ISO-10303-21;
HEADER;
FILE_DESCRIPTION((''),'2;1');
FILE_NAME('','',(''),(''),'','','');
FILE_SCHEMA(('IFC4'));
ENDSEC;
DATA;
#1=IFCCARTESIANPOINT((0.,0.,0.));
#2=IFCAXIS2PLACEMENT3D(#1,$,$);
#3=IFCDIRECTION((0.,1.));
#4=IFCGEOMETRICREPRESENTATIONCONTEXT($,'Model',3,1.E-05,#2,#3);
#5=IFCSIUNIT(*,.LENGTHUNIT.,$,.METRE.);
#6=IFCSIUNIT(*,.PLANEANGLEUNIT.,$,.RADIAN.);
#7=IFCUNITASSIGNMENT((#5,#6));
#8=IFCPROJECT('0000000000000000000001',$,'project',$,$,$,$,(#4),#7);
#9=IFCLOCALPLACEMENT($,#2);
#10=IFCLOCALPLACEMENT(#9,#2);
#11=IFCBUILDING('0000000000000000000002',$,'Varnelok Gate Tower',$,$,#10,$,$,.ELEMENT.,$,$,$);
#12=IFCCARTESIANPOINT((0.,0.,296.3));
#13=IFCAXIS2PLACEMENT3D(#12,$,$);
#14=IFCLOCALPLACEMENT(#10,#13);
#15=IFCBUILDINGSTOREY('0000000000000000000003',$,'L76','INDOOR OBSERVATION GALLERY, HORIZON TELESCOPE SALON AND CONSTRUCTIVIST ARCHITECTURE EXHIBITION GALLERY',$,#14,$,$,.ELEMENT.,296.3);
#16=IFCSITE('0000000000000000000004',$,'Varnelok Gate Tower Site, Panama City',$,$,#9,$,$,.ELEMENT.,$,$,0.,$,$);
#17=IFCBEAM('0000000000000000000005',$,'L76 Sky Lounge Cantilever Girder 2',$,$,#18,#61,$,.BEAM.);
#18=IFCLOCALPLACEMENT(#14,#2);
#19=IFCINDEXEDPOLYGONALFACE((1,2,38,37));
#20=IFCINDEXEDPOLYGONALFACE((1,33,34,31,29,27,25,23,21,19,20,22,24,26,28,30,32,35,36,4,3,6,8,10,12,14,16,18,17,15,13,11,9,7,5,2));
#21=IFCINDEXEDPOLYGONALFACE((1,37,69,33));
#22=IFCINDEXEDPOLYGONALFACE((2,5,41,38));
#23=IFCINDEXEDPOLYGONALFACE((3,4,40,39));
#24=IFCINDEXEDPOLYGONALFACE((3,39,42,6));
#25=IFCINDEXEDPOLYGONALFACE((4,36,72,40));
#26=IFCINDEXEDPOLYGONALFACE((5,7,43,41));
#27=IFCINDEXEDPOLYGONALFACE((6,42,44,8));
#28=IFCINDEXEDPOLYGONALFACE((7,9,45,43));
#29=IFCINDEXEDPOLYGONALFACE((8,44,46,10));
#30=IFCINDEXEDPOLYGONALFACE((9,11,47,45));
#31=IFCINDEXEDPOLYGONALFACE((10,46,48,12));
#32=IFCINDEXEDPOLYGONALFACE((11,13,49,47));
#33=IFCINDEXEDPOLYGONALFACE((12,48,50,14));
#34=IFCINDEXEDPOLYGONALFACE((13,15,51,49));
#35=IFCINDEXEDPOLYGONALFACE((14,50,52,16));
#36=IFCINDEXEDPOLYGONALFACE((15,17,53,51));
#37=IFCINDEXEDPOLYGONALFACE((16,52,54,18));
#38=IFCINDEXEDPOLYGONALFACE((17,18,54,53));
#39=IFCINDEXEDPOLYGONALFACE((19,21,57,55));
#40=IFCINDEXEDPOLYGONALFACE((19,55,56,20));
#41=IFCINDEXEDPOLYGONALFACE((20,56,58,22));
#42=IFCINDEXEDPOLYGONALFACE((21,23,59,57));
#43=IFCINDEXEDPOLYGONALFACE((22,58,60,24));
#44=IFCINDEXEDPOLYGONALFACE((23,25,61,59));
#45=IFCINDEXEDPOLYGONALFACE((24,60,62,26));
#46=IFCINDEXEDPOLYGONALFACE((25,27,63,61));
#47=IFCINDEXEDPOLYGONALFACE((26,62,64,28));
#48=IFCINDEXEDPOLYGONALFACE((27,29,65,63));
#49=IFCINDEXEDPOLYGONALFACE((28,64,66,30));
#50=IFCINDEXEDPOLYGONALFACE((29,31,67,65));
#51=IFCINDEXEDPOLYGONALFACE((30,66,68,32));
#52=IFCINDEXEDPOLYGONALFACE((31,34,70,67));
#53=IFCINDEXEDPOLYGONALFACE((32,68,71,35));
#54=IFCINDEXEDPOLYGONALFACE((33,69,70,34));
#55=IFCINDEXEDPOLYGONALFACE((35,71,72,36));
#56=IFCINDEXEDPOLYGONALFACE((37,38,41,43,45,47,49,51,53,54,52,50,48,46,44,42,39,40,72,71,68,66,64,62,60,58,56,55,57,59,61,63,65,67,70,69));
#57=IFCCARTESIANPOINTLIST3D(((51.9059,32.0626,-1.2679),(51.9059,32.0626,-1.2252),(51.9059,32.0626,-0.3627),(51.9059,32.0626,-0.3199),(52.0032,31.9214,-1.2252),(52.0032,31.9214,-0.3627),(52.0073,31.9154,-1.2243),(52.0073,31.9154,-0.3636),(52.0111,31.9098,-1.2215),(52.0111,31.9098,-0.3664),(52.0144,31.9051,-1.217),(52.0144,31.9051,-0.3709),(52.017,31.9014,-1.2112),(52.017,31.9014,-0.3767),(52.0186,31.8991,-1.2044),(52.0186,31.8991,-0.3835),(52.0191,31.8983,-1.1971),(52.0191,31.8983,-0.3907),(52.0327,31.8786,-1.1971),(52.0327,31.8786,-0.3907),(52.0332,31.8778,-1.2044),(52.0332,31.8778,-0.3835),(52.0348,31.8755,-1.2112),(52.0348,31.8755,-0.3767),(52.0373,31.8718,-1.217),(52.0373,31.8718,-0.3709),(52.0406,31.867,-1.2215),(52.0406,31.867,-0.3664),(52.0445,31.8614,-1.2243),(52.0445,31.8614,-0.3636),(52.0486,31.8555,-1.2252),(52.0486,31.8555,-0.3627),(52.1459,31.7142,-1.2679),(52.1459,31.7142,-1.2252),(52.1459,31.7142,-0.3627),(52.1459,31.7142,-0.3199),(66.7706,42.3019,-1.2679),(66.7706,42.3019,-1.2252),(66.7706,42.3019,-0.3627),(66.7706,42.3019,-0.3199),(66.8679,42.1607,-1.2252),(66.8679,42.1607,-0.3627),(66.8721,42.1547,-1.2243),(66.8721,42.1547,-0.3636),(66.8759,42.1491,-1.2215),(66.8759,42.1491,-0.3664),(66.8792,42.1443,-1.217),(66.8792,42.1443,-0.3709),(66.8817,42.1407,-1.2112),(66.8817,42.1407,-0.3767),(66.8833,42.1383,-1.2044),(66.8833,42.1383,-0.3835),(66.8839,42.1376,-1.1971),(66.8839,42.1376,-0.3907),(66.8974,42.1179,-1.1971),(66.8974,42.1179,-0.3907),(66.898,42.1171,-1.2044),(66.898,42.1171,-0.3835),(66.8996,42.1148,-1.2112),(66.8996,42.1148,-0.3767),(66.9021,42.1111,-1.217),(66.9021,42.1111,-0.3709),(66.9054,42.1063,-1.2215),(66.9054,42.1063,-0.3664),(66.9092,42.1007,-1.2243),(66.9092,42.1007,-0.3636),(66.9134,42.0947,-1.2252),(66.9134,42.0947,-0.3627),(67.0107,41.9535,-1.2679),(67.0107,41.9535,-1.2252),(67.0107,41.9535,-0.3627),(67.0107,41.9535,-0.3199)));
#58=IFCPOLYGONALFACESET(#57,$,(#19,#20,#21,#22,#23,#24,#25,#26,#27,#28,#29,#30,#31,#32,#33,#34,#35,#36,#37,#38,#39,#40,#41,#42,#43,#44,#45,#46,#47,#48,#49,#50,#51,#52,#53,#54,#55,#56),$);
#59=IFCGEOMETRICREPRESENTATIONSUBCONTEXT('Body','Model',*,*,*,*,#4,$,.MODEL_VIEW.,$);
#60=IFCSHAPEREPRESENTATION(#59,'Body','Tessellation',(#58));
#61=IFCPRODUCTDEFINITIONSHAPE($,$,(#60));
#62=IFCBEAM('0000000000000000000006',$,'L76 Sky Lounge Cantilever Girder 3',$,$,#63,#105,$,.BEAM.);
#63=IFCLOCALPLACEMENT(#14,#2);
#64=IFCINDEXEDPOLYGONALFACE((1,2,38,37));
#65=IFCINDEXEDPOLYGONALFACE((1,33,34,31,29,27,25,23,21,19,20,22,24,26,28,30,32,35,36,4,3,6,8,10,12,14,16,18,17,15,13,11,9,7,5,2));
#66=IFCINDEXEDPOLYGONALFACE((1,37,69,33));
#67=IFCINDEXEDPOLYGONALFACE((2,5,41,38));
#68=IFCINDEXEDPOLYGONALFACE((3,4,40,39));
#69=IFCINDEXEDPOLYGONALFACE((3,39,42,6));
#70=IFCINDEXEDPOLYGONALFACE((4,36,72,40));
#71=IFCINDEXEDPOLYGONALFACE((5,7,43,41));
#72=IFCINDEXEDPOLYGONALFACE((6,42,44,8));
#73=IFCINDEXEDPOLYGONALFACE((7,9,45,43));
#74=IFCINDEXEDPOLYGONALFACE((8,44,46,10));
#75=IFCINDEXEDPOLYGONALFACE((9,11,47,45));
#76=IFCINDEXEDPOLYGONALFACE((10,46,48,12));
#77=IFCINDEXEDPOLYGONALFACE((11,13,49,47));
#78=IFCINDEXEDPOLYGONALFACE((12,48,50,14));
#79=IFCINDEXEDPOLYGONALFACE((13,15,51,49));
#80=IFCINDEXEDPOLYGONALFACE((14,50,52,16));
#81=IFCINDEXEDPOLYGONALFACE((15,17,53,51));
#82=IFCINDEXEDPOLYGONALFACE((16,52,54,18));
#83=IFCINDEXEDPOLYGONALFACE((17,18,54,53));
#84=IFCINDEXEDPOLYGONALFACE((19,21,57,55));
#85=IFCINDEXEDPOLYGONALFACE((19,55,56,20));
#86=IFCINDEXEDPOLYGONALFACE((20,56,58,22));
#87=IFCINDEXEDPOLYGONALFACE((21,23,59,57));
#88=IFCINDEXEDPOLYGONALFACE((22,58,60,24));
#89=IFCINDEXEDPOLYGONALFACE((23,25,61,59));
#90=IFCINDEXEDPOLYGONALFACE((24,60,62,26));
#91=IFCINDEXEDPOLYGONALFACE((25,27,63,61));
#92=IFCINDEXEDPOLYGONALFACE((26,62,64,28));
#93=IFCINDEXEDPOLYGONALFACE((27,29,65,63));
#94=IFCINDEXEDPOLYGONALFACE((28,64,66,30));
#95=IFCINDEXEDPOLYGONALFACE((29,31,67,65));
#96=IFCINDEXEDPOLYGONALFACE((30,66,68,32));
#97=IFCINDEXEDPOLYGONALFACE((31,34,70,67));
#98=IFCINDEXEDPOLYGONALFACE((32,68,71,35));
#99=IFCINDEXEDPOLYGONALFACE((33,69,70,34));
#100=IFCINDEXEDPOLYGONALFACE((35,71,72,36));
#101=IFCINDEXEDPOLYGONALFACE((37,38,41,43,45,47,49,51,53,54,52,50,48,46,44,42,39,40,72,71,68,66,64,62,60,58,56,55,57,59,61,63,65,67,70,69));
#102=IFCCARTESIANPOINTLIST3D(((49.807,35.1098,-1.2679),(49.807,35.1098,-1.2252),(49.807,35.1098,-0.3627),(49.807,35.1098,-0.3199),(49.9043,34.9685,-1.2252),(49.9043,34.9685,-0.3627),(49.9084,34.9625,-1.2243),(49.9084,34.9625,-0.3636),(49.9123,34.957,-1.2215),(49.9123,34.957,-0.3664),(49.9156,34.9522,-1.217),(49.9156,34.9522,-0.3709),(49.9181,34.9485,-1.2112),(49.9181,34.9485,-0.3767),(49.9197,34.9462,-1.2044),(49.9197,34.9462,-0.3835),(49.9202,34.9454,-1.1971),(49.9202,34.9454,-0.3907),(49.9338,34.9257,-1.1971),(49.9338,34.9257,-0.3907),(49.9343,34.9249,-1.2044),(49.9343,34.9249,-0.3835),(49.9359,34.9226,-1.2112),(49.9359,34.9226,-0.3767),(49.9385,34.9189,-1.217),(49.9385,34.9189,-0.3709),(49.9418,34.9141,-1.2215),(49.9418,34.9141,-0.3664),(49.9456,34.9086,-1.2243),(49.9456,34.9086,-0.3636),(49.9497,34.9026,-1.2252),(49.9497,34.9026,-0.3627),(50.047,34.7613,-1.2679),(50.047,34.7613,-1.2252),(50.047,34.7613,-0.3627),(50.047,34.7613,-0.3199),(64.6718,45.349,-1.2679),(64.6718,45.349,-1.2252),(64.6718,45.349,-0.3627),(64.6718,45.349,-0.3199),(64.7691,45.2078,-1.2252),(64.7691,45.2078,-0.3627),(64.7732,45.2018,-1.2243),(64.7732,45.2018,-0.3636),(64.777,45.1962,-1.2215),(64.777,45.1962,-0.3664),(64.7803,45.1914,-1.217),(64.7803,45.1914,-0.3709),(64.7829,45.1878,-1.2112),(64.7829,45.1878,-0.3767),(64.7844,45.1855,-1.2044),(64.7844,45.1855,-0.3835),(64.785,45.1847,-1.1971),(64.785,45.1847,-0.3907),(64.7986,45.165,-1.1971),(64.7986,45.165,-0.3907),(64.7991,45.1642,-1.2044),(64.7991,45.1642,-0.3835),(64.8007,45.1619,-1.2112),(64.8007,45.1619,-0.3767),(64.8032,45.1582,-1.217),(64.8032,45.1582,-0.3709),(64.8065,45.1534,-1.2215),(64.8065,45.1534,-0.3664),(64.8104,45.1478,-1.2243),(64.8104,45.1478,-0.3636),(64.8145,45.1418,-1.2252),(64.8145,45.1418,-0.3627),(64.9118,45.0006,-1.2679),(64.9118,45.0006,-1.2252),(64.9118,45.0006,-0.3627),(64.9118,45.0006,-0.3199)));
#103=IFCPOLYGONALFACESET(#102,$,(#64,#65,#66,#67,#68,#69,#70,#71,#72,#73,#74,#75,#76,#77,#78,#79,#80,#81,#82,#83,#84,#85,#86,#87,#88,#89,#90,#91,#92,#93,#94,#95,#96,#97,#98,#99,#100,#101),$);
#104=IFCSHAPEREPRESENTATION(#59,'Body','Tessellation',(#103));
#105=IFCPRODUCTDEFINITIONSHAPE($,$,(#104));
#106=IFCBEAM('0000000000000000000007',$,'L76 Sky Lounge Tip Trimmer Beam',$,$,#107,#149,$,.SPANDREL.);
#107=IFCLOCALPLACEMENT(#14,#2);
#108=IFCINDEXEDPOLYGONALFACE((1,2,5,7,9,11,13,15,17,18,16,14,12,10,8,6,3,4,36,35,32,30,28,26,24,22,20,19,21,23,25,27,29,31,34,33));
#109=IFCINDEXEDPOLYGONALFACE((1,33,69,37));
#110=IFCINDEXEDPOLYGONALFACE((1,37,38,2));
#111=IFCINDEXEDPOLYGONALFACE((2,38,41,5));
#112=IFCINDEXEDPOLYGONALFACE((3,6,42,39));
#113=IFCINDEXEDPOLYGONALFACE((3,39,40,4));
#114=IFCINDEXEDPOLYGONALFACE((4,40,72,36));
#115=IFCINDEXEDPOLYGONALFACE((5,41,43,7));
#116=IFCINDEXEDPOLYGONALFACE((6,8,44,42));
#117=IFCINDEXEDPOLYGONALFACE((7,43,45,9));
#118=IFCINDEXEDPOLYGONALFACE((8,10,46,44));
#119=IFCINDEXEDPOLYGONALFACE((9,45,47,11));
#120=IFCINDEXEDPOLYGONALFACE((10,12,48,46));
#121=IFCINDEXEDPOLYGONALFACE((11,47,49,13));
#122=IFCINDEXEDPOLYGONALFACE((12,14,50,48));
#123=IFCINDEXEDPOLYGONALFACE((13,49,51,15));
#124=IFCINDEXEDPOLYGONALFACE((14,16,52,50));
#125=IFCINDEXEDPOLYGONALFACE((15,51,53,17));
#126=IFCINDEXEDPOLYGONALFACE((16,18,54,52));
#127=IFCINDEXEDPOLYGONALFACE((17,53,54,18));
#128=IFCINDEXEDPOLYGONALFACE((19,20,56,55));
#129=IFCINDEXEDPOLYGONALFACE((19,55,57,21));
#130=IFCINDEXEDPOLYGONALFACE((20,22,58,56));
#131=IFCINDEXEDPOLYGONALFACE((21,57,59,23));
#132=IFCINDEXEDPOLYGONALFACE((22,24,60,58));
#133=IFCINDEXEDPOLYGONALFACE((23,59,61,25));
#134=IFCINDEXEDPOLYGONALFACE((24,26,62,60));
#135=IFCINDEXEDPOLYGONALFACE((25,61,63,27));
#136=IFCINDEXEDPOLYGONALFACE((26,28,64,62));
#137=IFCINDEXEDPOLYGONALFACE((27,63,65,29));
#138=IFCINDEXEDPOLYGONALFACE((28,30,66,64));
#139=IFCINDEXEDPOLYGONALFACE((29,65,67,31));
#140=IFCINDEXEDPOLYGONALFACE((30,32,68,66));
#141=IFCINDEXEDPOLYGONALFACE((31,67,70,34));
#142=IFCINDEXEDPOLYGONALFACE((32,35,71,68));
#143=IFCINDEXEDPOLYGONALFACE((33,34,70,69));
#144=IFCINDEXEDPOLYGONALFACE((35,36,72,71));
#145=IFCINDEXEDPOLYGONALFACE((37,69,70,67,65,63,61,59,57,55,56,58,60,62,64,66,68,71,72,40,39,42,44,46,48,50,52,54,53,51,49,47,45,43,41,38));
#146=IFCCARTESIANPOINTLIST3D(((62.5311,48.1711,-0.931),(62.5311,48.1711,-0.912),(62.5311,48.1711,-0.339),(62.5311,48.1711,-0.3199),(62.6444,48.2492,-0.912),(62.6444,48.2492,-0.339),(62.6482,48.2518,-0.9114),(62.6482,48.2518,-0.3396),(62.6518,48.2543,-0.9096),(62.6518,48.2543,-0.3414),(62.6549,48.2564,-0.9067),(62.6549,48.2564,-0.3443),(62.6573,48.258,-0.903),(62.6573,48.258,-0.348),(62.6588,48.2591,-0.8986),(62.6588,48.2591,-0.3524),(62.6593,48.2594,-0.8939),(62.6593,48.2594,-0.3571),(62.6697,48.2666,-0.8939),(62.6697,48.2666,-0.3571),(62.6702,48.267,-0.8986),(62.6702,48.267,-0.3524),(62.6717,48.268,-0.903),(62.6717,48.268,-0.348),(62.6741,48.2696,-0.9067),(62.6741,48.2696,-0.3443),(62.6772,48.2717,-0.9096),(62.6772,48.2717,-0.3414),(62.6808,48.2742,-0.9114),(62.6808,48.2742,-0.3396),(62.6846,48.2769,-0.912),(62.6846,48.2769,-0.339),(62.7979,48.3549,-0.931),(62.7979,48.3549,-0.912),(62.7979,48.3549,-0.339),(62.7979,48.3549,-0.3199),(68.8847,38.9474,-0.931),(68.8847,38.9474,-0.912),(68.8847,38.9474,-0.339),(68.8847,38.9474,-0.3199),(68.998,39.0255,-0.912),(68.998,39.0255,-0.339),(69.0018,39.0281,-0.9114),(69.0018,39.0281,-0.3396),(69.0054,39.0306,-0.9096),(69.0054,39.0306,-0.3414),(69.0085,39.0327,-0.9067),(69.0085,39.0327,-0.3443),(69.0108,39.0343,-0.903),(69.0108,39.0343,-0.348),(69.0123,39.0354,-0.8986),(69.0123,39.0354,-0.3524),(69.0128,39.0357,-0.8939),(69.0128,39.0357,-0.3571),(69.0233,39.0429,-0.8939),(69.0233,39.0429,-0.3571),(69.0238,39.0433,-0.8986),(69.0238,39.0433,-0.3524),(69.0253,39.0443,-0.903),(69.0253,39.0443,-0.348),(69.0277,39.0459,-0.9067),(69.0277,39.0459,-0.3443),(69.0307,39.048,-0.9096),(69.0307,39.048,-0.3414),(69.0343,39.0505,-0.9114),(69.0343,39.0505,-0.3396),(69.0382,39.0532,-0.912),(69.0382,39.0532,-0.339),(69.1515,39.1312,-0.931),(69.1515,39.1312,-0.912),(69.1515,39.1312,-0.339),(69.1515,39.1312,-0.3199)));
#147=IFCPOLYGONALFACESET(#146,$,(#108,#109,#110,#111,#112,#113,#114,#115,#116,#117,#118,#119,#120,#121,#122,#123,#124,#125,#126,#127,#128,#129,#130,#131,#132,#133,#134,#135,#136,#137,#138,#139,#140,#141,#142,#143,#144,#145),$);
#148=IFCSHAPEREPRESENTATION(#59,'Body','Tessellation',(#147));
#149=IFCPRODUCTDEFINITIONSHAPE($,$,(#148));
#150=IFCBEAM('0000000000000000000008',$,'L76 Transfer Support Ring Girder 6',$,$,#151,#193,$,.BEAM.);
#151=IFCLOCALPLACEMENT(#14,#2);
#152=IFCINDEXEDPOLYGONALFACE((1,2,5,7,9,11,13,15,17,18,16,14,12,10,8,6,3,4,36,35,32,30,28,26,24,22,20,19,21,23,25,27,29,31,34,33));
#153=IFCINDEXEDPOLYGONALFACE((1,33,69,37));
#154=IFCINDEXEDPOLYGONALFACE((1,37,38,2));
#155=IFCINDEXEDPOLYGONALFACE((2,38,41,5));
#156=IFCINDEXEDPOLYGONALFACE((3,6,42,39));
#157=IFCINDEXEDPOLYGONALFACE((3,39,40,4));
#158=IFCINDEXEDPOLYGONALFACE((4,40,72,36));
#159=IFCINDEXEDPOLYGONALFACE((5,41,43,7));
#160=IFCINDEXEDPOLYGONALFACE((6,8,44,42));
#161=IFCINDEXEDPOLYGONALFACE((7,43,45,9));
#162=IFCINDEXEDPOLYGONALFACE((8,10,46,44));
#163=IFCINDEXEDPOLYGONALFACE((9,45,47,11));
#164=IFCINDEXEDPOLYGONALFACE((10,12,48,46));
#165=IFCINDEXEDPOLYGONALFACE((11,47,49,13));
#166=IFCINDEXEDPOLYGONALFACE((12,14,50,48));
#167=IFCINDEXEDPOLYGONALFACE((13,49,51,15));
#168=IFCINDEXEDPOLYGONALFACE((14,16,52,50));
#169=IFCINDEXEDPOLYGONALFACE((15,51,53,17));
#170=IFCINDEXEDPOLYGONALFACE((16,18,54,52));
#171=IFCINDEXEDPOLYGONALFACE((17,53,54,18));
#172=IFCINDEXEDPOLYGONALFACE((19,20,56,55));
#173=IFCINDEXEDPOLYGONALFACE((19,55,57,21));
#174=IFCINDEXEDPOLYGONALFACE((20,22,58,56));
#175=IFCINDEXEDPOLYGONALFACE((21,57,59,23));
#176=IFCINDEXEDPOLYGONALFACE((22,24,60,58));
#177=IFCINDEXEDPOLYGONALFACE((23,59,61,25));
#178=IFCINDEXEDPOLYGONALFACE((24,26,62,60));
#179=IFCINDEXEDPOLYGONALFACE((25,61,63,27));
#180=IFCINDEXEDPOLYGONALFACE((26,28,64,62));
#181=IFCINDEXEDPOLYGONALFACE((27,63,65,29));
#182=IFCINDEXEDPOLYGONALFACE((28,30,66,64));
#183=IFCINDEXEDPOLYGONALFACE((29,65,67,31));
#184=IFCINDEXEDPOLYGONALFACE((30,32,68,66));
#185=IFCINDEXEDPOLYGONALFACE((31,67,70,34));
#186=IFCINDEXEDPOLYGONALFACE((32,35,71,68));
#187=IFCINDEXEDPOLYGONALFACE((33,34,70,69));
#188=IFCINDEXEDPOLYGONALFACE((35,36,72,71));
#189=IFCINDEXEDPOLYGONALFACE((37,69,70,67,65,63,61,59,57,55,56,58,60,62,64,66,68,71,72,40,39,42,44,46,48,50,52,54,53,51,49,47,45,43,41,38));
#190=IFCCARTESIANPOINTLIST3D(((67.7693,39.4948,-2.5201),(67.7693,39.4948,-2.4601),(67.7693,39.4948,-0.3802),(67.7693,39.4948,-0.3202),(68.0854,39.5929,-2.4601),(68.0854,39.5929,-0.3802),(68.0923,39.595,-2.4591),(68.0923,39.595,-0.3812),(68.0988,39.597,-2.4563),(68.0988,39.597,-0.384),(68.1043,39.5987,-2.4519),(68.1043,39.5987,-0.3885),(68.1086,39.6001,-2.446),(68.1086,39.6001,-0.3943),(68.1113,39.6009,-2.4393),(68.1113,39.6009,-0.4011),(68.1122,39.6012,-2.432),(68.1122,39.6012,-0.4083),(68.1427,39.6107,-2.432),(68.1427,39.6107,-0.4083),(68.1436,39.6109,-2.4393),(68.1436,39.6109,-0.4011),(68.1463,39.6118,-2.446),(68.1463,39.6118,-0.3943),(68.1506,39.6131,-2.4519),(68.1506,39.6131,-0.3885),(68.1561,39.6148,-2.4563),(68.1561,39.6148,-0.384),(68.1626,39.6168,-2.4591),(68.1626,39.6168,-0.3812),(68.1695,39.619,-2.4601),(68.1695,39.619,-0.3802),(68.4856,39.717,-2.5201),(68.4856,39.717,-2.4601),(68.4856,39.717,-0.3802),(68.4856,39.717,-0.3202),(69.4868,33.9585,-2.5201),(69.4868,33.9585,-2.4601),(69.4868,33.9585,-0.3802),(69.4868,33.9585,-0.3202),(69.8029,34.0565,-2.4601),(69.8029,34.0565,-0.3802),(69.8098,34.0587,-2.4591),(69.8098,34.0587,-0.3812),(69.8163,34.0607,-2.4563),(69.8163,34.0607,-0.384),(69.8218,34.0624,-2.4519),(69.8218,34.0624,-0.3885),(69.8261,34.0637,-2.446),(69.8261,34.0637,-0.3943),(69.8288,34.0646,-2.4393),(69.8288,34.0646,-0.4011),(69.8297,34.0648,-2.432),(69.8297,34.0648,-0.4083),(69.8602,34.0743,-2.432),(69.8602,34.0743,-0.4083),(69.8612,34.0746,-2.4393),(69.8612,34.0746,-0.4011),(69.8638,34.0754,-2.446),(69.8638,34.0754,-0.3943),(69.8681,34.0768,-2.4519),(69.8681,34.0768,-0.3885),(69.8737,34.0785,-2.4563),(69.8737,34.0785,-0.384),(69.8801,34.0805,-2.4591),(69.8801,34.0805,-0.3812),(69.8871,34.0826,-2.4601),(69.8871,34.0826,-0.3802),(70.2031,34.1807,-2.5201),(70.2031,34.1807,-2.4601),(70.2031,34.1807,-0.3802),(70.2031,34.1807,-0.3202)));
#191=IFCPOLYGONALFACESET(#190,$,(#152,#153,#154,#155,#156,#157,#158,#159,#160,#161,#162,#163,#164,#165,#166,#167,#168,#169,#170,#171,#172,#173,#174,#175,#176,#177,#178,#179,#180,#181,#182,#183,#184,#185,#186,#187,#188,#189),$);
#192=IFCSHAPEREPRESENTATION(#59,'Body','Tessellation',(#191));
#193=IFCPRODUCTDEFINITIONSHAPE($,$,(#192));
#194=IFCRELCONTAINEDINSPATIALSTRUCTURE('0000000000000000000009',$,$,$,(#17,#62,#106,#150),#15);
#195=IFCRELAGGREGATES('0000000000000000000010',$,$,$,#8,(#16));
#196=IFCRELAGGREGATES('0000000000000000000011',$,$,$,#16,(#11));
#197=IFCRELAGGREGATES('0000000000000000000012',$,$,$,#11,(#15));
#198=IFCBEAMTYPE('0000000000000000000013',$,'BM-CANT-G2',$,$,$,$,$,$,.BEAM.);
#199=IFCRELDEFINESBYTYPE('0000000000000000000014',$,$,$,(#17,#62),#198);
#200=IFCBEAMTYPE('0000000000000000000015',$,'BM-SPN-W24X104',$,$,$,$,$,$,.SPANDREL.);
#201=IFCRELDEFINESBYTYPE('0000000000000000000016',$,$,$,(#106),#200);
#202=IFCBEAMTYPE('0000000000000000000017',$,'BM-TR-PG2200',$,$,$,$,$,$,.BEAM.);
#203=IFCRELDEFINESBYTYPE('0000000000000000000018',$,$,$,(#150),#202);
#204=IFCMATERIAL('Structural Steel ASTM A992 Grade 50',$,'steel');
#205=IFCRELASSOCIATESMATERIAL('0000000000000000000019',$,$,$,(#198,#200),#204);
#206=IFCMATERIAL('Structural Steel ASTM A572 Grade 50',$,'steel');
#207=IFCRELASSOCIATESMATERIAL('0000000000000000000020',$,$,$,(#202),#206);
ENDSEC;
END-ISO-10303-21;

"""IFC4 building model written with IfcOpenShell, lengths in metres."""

from ifc_helpers import new_model, si_unit, direction, frame, origin, origin_2d, place, context, subcontext, project, spatial, i_section, extrude, material, material_profile, profile_set, type_object, element, save


model = new_model("IFC4")

# Units and contexts
model_context = context("Model", 3, precision=1e-05, world=origin(), true_north=direction((0.0, 1.0)))
body_context = subcontext(model_context, "Body", "Model", "MODEL_VIEW")
ifc_project = project(units=[si_unit("LENGTHUNIT", "METRE"), si_unit("PLANEANGLEUNIT", "RADIAN")], contexts=[model_context])

# Site, building, storey
site_placement = place(None, origin())
site = spatial("IfcSite", under=ifc_project, at=site_placement, Name="Varnelok Gate Tower Site, Panama City", CompositionType="ELEMENT", RefElevation=0.0)
building_placement = place(site_placement, origin())
building = spatial("IfcBuilding", under=site, at=building_placement, Name="Varnelok Gate Tower", CompositionType="ELEMENT")
storey_placement = place(building_placement, frame((0.0, 0.0, 296.3)))
storey = spatial("IfcBuildingStorey", under=building, at=storey_placement, Name="L76", Description="INDOOR OBSERVATION GALLERY, HORIZON TELESCOPE SALON AND CONSTRUCTIVIST ARCHITECTURE EXHIBITION GALLERY", CompositionType="ELEMENT", Elevation=296.3)

# Shared definitions
ifc_material_1 = material(Name="Structural Steel ASTM A992 Grade 50", Category="steel")

# Beams
ifc_material_2 = material(Name="Structural Steel ASTM A572 Grade 50", Category="steel")
ifc_material_profile_1 = material_profile(ifc_material_1, i_section(OverallWidth=0.4231, OverallDepth=0.948, WebThickness=0.0239, FlangeThickness=0.0427, FilletRadius=0.0281, at=origin_2d()), Name="W36X302")
ifc_profile_set_1 = profile_set([ifc_material_profile_1], Name="Structural Steel ASTM A992 Grade 50")
beam_type_1 = type_object("IfcBeamType", Name="BM-CANT-G2", PredefinedType="BEAM", material=ifc_profile_set_1)
for number, where, z_axis, x_axis, name in (
    (1, (52.0259, 31.8884, -0.7939), (0.823531, 0.567271, 0.0), (-0.567271, 0.823531, 0.0), "L76 Sky Lounge Cantilever Girder 2"),
    (2, (49.927, 34.9355, -0.7939), (0.823531, 0.567271, 0.0), (-0.567271, 0.823531, 0.0), "L76 Sky Lounge Cantilever Girder 3"),
):
    element("IfcBeam", number, at=place(storey_placement, frame(where, z_axis=z_axis, x_axis=x_axis)), inside=storey, type_object=beam_type_1, Name=name, PredefinedType="BEAM", context=body_context, shape_type="SweptSolid", body=[
        extrude(i_section(OverallWidth=0.4231, OverallDepth=0.948, WebThickness=0.0239, FlangeThickness=0.0427, FilletRadius=0.0281, at=origin_2d()), origin(), (0.0, 0.0, 1.0), 18.05),
    ])
ifc_material_profile_2 = material_profile(ifc_material_1, i_section(OverallWidth=0.324, OverallDepth=0.6111, WebThickness=0.0127, FlangeThickness=0.019, FilletRadius=0.0181, at=origin_2d()), Name="W24X104")
ifc_profile_set_2 = profile_set([ifc_material_profile_2], Name="Structural Steel ASTM A992 Grade 50")
beam_type_2 = type_object("IfcBeamType", Name="BM-SPN-W24X104", PredefinedType="SPANDREL", material=ifc_profile_set_2)
beam_1_placement = place(storey_placement, frame((69.0181, 39.0393, -0.6255), z_axis=(-0.567272, 0.82353, 0.0), x_axis=(-0.82353, -0.567272, 0.0)))
element("IfcBeam", 3, at=beam_1_placement, inside=storey, type_object=beam_type_2, Name="L76 Sky Lounge Tip Trimmer Beam", PredefinedType="SPANDREL", context=body_context, shape_type="SweptSolid", body=[
    extrude(i_section(OverallWidth=0.324, OverallDepth=0.6111, WebThickness=0.0127, FlangeThickness=0.019, FilletRadius=0.0181, at=origin_2d()), origin(), (0.0, 0.0, 1.0), 11.2002),
])
ifc_material_profile_3 = material_profile(ifc_material_2, i_section(OverallWidth=0.75, OverallDepth=2.2, WebThickness=0.032, FlangeThickness=0.0601, FilletRadius=0.0281, at=origin_2d()), Name="PG2200X750")
ifc_profile_set_3 = profile_set([ifc_material_profile_3], Name="Structural Steel ASTM A572 Grade 50")
beam_type_3 = type_object("IfcBeamType", Name="BM-TR-PG2200", PredefinedType="BEAM", material=ifc_profile_set_3)
beam_2_placement = place(storey_placement, frame((69.845, 34.0696, -1.4202), z_axis=(-0.296296, 0.955096, 0.0), x_axis=(-0.955096, -0.296296, 0.0)))
element("IfcBeam", 4, at=beam_2_placement, inside=storey, type_object=beam_type_3, Name="L76 Transfer Support Ring Girder 6", PredefinedType="BEAM", context=body_context, shape_type="SweptSolid", body=[
    extrude(i_section(OverallWidth=0.75, OverallDepth=2.2, WebThickness=0.032, FlangeThickness=0.0601, FilletRadius=0.0281, at=origin_2d()), origin(), (0.0, 0.0, 1.0), 5.7966),
])

save(model, "model.ifc")
